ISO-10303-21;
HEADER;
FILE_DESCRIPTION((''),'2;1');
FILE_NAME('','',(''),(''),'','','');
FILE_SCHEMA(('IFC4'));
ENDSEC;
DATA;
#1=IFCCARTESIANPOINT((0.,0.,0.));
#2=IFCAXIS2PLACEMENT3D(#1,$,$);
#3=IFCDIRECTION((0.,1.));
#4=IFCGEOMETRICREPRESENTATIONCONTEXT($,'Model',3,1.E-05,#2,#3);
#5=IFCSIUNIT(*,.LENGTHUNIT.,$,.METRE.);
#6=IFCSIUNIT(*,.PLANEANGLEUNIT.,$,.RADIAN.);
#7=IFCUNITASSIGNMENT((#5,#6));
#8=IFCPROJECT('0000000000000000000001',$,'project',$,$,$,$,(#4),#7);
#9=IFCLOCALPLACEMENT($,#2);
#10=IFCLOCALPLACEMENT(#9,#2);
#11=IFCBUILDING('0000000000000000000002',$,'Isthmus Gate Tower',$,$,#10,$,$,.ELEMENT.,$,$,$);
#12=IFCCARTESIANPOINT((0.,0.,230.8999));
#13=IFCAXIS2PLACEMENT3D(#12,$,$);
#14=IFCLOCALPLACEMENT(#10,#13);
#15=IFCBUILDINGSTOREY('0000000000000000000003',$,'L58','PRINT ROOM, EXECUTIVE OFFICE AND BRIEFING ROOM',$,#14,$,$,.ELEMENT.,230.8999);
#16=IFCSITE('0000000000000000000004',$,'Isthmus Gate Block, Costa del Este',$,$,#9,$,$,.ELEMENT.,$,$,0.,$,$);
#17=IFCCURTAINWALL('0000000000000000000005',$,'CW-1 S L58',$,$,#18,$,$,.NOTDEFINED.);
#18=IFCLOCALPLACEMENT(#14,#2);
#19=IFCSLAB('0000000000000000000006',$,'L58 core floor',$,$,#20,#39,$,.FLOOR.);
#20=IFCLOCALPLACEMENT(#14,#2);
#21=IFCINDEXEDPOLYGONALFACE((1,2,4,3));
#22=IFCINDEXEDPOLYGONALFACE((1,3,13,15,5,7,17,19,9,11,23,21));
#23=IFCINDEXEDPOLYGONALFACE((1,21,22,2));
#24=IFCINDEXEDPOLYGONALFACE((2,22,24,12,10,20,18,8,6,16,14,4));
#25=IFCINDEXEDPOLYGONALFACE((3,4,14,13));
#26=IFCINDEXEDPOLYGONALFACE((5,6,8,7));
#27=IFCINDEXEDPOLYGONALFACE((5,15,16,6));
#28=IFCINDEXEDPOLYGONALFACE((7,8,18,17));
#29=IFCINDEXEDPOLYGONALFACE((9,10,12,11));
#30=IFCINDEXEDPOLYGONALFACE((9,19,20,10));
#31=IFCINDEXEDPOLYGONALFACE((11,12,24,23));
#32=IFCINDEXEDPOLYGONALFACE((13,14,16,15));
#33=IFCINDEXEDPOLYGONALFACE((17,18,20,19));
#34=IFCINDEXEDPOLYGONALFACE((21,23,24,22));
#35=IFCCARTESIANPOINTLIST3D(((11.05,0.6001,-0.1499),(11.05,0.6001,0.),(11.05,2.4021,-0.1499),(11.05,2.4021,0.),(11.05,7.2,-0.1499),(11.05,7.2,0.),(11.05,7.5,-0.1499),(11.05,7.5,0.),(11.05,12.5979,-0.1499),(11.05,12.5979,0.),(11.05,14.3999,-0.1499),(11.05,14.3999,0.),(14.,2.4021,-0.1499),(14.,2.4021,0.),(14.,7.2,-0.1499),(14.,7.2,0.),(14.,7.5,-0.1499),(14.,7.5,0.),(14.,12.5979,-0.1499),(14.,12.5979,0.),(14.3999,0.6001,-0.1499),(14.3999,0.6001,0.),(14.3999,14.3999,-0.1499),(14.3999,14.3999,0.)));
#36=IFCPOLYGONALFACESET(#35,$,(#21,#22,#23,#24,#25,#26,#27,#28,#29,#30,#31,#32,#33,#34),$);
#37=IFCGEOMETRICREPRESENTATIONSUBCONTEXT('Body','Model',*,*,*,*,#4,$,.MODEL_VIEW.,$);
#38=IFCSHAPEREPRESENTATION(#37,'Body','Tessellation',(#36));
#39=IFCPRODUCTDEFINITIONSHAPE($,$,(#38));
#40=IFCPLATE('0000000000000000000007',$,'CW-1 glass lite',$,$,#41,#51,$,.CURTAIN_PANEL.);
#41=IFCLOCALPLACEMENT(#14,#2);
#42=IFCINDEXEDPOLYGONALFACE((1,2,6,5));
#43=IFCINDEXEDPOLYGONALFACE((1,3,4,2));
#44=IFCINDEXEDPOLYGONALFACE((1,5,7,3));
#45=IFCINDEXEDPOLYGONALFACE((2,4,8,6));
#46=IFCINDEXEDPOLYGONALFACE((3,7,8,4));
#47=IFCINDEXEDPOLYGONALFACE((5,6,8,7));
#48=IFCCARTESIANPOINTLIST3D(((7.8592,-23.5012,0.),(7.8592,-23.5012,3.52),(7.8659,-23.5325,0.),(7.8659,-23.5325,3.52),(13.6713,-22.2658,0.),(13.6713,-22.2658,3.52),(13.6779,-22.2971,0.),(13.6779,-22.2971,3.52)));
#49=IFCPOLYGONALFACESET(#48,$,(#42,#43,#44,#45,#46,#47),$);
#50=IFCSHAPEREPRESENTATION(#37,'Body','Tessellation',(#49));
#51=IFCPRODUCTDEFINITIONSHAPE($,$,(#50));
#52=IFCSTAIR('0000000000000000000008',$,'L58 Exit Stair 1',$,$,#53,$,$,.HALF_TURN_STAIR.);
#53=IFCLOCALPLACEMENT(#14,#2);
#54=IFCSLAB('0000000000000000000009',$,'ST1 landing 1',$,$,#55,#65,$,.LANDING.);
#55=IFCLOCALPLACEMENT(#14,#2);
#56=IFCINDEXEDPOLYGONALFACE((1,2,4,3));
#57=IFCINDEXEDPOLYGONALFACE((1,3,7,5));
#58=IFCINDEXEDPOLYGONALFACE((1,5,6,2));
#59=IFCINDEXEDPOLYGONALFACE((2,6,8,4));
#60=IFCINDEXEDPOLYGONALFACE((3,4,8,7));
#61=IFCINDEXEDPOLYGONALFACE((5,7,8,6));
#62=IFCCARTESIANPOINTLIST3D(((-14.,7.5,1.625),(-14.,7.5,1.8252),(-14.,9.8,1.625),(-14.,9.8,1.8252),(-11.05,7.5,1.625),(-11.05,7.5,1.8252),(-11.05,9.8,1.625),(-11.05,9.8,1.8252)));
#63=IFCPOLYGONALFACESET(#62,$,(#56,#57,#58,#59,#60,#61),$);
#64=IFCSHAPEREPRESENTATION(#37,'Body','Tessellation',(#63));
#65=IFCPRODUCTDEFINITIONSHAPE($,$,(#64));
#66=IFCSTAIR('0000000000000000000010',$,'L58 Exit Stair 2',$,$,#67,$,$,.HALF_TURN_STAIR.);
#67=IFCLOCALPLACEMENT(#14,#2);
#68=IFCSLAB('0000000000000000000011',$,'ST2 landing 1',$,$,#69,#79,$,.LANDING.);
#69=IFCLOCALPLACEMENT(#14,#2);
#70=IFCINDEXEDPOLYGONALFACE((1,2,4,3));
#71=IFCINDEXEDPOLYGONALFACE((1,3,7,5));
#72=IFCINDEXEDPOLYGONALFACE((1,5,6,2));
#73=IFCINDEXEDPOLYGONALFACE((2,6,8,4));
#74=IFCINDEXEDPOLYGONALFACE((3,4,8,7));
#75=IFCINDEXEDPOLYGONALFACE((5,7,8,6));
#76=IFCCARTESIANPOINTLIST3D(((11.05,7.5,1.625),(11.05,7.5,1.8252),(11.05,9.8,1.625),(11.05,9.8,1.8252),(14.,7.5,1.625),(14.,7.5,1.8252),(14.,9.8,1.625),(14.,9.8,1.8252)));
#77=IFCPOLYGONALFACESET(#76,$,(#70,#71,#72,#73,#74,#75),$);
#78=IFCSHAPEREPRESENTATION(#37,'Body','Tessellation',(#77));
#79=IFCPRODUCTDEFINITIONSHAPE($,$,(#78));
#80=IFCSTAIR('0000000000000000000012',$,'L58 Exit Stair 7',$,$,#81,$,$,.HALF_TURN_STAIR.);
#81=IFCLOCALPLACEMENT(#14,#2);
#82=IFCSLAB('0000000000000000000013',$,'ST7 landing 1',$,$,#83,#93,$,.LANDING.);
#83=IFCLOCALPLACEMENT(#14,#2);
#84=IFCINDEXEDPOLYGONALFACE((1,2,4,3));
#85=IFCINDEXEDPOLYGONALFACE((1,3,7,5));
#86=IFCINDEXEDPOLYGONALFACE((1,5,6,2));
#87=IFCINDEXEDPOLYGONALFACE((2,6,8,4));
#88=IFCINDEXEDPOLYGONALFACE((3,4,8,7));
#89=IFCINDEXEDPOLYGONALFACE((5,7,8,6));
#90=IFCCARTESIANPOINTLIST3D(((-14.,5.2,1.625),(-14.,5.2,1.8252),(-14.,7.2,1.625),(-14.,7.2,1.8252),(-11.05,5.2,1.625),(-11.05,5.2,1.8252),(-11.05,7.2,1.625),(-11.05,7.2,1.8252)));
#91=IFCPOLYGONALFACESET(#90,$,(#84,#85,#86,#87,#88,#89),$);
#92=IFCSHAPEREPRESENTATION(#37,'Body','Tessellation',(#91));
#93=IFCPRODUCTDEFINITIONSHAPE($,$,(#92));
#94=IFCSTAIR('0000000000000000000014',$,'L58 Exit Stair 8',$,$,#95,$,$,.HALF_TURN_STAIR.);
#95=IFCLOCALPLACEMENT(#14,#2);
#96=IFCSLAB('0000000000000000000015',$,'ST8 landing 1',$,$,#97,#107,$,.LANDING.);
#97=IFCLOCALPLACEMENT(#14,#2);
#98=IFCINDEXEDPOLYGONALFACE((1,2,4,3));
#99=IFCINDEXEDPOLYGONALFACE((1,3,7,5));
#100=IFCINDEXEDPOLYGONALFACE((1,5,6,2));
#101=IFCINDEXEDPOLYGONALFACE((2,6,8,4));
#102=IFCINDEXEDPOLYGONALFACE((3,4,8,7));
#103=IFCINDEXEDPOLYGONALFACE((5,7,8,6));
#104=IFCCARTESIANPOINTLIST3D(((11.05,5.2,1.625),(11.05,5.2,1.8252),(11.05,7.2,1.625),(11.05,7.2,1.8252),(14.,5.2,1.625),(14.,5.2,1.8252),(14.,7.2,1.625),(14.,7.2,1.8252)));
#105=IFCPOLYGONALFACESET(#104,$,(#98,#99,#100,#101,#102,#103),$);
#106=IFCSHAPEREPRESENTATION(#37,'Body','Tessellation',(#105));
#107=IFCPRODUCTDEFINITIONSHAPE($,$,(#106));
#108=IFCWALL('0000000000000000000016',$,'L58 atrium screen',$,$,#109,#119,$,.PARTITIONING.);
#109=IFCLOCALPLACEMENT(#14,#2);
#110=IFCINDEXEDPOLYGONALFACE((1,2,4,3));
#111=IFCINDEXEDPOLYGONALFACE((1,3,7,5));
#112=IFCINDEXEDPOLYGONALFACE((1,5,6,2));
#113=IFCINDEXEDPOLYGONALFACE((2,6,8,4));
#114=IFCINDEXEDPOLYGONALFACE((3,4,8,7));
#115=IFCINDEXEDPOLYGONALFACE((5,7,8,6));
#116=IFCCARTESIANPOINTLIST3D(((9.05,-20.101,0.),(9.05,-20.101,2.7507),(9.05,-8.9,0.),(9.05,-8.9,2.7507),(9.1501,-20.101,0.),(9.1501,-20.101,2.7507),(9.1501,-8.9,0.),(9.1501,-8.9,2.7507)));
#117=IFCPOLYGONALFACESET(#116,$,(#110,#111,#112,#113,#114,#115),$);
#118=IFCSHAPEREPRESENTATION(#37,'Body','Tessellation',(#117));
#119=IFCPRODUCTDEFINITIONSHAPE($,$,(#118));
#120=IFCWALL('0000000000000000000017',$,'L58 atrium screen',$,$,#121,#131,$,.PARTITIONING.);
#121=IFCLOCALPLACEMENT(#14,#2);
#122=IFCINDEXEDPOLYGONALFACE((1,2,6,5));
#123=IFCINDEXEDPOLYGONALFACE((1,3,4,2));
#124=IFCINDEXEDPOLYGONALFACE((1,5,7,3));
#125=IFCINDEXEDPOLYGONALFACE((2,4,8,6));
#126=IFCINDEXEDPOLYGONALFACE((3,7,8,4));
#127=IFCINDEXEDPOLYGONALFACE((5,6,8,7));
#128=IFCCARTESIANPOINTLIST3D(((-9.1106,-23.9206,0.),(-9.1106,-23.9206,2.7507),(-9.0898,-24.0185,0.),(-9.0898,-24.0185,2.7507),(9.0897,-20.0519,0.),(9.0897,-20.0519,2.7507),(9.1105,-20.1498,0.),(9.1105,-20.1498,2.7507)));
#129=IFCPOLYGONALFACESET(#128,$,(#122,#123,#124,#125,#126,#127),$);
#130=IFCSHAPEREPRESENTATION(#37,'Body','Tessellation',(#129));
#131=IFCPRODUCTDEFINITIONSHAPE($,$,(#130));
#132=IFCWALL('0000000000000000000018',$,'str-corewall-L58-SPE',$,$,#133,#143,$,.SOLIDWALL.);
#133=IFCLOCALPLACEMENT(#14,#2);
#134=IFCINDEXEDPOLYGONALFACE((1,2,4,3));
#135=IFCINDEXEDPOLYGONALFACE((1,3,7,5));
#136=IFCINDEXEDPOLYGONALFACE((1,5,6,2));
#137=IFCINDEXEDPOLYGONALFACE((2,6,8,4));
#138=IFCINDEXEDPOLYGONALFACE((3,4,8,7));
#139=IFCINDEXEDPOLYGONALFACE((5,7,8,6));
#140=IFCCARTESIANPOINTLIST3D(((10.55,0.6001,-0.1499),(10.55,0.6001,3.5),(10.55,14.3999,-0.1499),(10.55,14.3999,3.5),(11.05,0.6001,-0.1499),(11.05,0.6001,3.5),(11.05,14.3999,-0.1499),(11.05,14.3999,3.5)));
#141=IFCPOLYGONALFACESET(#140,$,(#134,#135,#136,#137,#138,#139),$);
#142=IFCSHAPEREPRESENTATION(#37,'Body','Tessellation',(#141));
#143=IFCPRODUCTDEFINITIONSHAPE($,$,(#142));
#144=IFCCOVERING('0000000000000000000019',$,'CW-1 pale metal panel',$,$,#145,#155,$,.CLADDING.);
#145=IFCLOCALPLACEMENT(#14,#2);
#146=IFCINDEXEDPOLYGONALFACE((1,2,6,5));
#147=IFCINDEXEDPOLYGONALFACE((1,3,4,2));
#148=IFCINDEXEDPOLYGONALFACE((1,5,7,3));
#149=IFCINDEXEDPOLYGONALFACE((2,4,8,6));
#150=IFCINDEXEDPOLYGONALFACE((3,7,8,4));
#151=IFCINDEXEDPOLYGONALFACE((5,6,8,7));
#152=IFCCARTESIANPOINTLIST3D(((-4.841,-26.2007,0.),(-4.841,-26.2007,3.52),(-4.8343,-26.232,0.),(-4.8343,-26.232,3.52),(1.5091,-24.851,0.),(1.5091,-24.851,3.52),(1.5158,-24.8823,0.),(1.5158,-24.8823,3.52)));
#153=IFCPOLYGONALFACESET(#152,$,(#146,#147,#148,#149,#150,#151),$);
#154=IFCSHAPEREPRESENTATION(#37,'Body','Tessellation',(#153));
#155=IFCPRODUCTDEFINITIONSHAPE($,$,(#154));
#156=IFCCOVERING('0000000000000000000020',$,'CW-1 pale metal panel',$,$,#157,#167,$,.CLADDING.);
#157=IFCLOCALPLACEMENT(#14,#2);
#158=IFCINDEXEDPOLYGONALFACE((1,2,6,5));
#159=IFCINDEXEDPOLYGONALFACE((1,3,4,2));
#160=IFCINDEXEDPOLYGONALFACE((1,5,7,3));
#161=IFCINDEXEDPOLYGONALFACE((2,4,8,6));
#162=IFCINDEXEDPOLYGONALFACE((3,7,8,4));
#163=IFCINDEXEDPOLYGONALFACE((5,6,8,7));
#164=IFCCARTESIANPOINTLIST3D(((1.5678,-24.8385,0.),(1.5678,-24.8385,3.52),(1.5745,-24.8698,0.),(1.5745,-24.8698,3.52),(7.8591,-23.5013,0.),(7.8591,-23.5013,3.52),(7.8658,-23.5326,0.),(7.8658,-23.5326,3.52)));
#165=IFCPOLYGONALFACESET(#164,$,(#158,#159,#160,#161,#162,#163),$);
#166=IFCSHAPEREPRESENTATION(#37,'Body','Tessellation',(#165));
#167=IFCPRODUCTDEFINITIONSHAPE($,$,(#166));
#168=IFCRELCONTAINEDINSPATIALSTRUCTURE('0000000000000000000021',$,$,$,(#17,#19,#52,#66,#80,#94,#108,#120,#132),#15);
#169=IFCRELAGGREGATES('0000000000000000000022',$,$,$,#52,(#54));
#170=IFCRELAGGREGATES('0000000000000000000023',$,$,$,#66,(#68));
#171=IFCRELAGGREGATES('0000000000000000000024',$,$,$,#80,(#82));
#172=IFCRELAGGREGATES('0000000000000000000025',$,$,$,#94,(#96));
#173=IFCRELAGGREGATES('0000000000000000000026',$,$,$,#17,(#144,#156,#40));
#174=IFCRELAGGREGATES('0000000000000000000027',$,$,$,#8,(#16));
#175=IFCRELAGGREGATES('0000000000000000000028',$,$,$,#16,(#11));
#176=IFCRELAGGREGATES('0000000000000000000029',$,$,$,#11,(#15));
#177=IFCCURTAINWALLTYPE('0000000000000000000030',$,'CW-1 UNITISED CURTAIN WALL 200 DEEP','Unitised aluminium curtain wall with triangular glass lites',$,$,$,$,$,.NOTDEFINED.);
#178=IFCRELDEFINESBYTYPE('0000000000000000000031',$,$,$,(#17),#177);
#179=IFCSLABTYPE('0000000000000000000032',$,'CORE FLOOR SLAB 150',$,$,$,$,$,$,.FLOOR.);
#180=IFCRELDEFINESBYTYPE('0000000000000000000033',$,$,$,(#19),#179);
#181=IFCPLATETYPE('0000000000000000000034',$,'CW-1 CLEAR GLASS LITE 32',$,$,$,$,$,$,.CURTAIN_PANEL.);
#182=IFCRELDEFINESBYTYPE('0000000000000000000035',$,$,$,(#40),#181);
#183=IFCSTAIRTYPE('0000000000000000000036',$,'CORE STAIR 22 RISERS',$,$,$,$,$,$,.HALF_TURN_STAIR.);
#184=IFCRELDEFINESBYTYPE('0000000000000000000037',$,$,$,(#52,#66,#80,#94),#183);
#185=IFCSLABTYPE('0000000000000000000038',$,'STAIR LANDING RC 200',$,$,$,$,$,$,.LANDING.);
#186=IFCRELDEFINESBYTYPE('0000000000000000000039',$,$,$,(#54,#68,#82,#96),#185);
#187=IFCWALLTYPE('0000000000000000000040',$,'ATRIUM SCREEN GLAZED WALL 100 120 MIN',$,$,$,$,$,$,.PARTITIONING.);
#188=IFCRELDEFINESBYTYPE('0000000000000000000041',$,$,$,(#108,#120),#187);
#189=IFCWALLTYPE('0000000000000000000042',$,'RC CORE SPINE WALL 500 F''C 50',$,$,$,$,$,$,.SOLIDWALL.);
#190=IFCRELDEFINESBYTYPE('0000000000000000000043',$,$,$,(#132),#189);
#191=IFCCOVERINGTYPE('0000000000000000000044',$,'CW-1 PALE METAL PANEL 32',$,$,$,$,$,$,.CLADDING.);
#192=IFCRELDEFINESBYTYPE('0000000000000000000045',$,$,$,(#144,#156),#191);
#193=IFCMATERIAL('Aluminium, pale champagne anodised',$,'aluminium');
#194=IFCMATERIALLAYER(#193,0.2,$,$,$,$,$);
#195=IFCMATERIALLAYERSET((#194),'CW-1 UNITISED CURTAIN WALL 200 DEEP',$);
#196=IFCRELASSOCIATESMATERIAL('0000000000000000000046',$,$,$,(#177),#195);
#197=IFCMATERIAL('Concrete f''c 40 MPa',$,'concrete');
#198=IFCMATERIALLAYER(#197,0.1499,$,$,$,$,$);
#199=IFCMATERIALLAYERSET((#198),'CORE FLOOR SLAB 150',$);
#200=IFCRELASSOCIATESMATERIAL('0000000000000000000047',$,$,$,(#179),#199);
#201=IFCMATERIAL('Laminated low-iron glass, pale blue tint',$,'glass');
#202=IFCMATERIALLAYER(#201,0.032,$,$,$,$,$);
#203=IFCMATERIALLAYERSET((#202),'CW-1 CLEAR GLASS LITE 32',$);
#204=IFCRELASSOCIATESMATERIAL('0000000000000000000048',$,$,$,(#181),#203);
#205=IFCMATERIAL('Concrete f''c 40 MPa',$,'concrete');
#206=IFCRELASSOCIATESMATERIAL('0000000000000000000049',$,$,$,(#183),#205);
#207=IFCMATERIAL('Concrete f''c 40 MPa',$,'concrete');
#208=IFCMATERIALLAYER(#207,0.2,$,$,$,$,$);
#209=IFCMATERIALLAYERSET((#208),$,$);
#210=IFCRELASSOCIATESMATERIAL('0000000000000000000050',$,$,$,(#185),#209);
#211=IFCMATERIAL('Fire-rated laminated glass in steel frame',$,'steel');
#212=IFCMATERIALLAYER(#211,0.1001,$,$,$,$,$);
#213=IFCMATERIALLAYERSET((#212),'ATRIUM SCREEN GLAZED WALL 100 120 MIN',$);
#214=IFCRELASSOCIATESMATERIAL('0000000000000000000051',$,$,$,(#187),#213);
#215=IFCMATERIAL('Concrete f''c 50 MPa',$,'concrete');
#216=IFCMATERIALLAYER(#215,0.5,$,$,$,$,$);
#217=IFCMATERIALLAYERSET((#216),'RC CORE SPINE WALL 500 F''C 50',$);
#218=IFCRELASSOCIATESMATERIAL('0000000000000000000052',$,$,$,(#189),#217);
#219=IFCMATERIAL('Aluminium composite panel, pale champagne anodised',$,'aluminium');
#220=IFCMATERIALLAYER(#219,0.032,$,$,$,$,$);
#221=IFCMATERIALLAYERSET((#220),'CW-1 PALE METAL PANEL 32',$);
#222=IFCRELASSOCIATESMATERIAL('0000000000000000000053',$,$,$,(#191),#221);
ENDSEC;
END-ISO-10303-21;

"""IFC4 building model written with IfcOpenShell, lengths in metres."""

from ifc_helpers import new_model, si_unit, direction, frame, frame_2d, origin, origin_2d, place, context, subcontext, project, spatial, polyline, rectangle, outline, extrude, material, layer, layer_set, type_object, element, aggregate, save


model = new_model("IFC4")

# Units and contexts
model_context = context("Model", 3, precision=1e-05, world=origin(), true_north=direction((0.0, 1.0)))
body_context = subcontext(model_context, "Body", "Model", "MODEL_VIEW")
ifc_project = project(units=[si_unit("LENGTHUNIT", "METRE"), si_unit("PLANEANGLEUNIT", "RADIAN")], contexts=[model_context])

# Site, building, storey
site_placement = place(None, origin())
site = spatial("IfcSite", under=ifc_project, at=site_placement, Name="Isthmus Gate Block, Costa del Este", CompositionType="ELEMENT", RefElevation=0.0)
building_placement = place(site_placement, origin())
building = spatial("IfcBuilding", under=site, at=building_placement, Name="Isthmus Gate Tower", CompositionType="ELEMENT")
storey_placement = place(building_placement, frame((0.0, 0.0, 230.8999)))
storey = spatial("IfcBuildingStorey", under=building, at=storey_placement, Name="L58", Description="PRINT ROOM, EXECUTIVE OFFICE AND BRIEFING ROOM", CompositionType="ELEMENT", Elevation=230.8999)

# Curtain wall
ifc_material_1 = material(Name="Aluminium, pale champagne anodised", Category="aluminium")
ifc_layer_1 = layer(ifc_material_1, 0.2)
ifc_layer_set_1 = layer_set([ifc_layer_1], Name="CW-1 UNITISED CURTAIN WALL 200 DEEP")
curtain_wall_type = type_object("IfcCurtainWallType", Name="CW-1 UNITISED CURTAIN WALL 200 DEEP", Description="Unitised aluminium curtain wall with triangular glass lites", PredefinedType="NOTDEFINED", material=ifc_layer_set_1)
curtain_wall_placement = place(storey_placement, origin())
curtain_wall = element("IfcCurtainWall", 1, at=curtain_wall_placement, inside=storey, type_object=curtain_wall_type, Name="CW-1 S L58", PredefinedType="NOTDEFINED")

# Slab
ifc_material_2 = material(Name="Concrete f'c 40 MPa", Category="concrete")
ifc_layer_2 = layer(ifc_material_2, 0.1499)
ifc_layer_set_2 = layer_set([ifc_layer_2], Name="CORE FLOOR SLAB 150")
slab_type_1 = type_object("IfcSlabType", Name="CORE FLOOR SLAB 150", PredefinedType="FLOOR", material=ifc_layer_set_2)
slab_1_placement = place(storey_placement, frame((0.0, 0.0, -0.1499)))
element("IfcSlab", 2, at=slab_1_placement, inside=storey, type_object=slab_type_1, Name="L58 core floor", PredefinedType="FLOOR", context=body_context, shape_type="SweptSolid", body=[
    extrude(outline(polyline([(11.05, 14.3999), (11.05, 12.5979), (14.0, 12.5979), (14.0, 7.5), (11.05, 7.5), (11.05, 7.2), (14.0, 7.2), (14.0, 2.4021), (11.05, 2.4021), (11.05, 0.6001), (14.3999, 0.6001), (14.3999, 14.3999), (11.05, 14.3999)])), origin(), (0.0, 0.0, 1.0), 0.1499),
])

# Plate
ifc_material_3 = material(Name="Laminated low-iron glass, pale blue tint", Category="glass")
ifc_layer_3 = layer(ifc_material_3, 0.032)
ifc_layer_set_3 = layer_set([ifc_layer_3], Name="CW-1 CLEAR GLASS LITE 32")
plate_type = type_object("IfcPlateType", Name="CW-1 CLEAR GLASS LITE 32", PredefinedType="CURTAIN_PANEL", material=ifc_layer_set_3)
plate_placement = place(storey_placement, frame((10.7686, -22.8992, 0.0), z_axis=(0.0, 0.0, 1.0), x_axis=(0.978148, 0.207912, 0.0)))
plate = element("IfcPlate", 3, at=plate_placement, type_object=plate_type, Name="CW-1 glass lite", PredefinedType="CURTAIN_PANEL", context=body_context, shape_type="SweptSolid", body=[
    extrude(rectangle(XDim=5.9419, YDim=0.032, at=origin_2d()), origin(), (0.0, 0.0, 1.0), 3.52),
])

# Stairs, slabs
ifc_material_4 = material(Name="Concrete f'c 40 MPa", Category="concrete")
stair_type = type_object("IfcStairType", Name="CORE STAIR 22 RISERS", PredefinedType="HALF_TURN_STAIR", material=ifc_material_4)
stair_1_placement = place(storey_placement, origin())
stair_1 = element("IfcStair", 4, at=stair_1_placement, inside=storey, type_object=stair_type, Name="L58 Exit Stair 1", PredefinedType="HALF_TURN_STAIR")
ifc_material_5 = material(Name="Concrete f'c 40 MPa", Category="concrete")
ifc_layer_4 = layer(ifc_material_5, 0.2)
ifc_layer_set_4 = layer_set([ifc_layer_4])
slab_type_2 = type_object("IfcSlabType", Name="STAIR LANDING RC 200", PredefinedType="LANDING", material=ifc_layer_set_4)
slab_2_placement = place(storey_placement, frame((0.0, 0.0, 1.625)))
slab_2 = element("IfcSlab", 5, at=slab_2_placement, type_object=slab_type_2, Name="ST1 landing 1", PredefinedType="LANDING", context=body_context, shape_type="SweptSolid", body=[
    extrude(outline(polyline([(-14.0, 9.8), (-14.0, 7.5), (-11.05, 7.5), (-11.05, 9.8), (-14.0, 9.8)])), origin(), (0.0, 0.0, 1.0), 0.2002),
])
aggregate(stair_1, [slab_2])
stair_2_placement = place(storey_placement, origin())
stair_2 = element("IfcStair", 6, at=stair_2_placement, inside=storey, type_object=stair_type, Name="L58 Exit Stair 2", PredefinedType="HALF_TURN_STAIR")
slab_3_placement = place(storey_placement, frame((0.0, 0.0, 1.625)))
slab_3 = element("IfcSlab", 7, at=slab_3_placement, type_object=slab_type_2, Name="ST2 landing 1", PredefinedType="LANDING", context=body_context, shape_type="SweptSolid", body=[
    extrude(outline(polyline([(11.05, 9.8), (11.05, 7.5), (14.0, 7.5), (14.0, 9.8), (11.05, 9.8)])), origin(), (0.0, 0.0, 1.0), 0.2002),
])
aggregate(stair_2, [slab_3])
stair_3_placement = place(storey_placement, origin())
stair_3 = element("IfcStair", 8, at=stair_3_placement, inside=storey, type_object=stair_type, Name="L58 Exit Stair 7", PredefinedType="HALF_TURN_STAIR")
slab_4_placement = place(storey_placement, frame((0.0, 0.0, 1.625)))
slab_4 = element("IfcSlab", 9, at=slab_4_placement, type_object=slab_type_2, Name="ST7 landing 1", PredefinedType="LANDING", context=body_context, shape_type="SweptSolid", body=[
    extrude(outline(polyline([(-11.05, 5.2), (-11.05, 7.2), (-14.0, 7.2), (-14.0, 5.2), (-11.05, 5.2)])), origin(), (0.0, 0.0, 1.0), 0.2002),
])
aggregate(stair_3, [slab_4])
stair_4_placement = place(storey_placement, origin())
stair_4 = element("IfcStair", 10, at=stair_4_placement, inside=storey, type_object=stair_type, Name="L58 Exit Stair 8", PredefinedType="HALF_TURN_STAIR")
slab_5_placement = place(storey_placement, frame((0.0, 0.0, 1.625)))
slab_5 = element("IfcSlab", 11, at=slab_5_placement, type_object=slab_type_2, Name="ST8 landing 1", PredefinedType="LANDING", context=body_context, shape_type="SweptSolid", body=[
    extrude(outline(polyline([(14.0, 5.2), (14.0, 7.2), (11.05, 7.2), (11.05, 5.2), (14.0, 5.2)])), origin(), (0.0, 0.0, 1.0), 0.2002),
])
aggregate(stair_4, [slab_5])

# Walls
ifc_material_6 = material(Name="Fire-rated laminated glass in steel frame", Category="steel")
ifc_layer_5 = layer(ifc_material_6, 0.1001)
ifc_layer_set_5 = layer_set([ifc_layer_5], Name="ATRIUM SCREEN GLAZED WALL 100 120 MIN")
wall_type_1 = type_object("IfcWallType", Name="ATRIUM SCREEN GLAZED WALL 100 120 MIN", PredefinedType="PARTITIONING", material=ifc_layer_set_5)
wall_1_placement = place(storey_placement, frame((9.1001, -8.8999, 0.0), z_axis=(0.0, 0.0, 1.0), x_axis=(0.0, -1.0, 0.0)))
element("IfcWall", 12, at=wall_1_placement, inside=storey, type_object=wall_type_1, Name="L58 atrium screen", PredefinedType="PARTITIONING", context=body_context, shape_type="SweptSolid", body=[
    extrude(rectangle(XDim=11.2009, YDim=0.1001, at=frame_2d((5.6006, 0.0))), origin(), (0.0, 0.0, 1.0), 2.7507),
])
wall_2_placement = place(storey_placement, frame((9.1001, -20.1008, 0.0), z_axis=(0.0, 0.0, 1.0), x_axis=(-0.978147, -0.207916, 0.0)))
element("IfcWall", 13, at=wall_2_placement, inside=storey, type_object=wall_type_1, Name="L58 atrium screen", PredefinedType="PARTITIONING", context=body_context, shape_type="SweptSolid", body=[
    extrude(rectangle(XDim=18.6069, YDim=0.1001, at=frame_2d((9.3035, 0.0))), origin(), (0.0, 0.0, 1.0), 2.7507),
])
ifc_material_7 = material(Name="Concrete f'c 50 MPa", Category="concrete")
ifc_layer_6 = layer(ifc_material_7, 0.5)
ifc_layer_set_6 = layer_set([ifc_layer_6], Name="RC CORE SPINE WALL 500 F'C 50")
wall_type_2 = type_object("IfcWallType", Name="RC CORE SPINE WALL 500 F'C 50", PredefinedType="SOLIDWALL", material=ifc_layer_set_6)
wall_3_placement = place(storey_placement, frame((10.8, 0.6001, -0.1499), z_axis=(0.0, 0.0, 1.0), x_axis=(0.0, 1.0, 0.0)))
element("IfcWall", 14, at=wall_3_placement, inside=storey, type_object=wall_type_2, Name="str-corewall-L58-SPE", PredefinedType="SOLIDWALL", context=body_context, shape_type="SweptSolid", body=[
    extrude(rectangle(XDim=13.7998, YDim=0.5, at=frame_2d((6.8999, 0.0))), origin(), (0.0, 0.0, 1.0), 3.6499),
])

# Coverings
ifc_material_8 = material(Name="Aluminium composite panel, pale champagne anodised", Category="aluminium")
ifc_layer_7 = layer(ifc_material_8, 0.032)
ifc_layer_set_7 = layer_set([ifc_layer_7], Name="CW-1 PALE METAL PANEL 32")
covering_type = type_object("IfcCoveringType", Name="CW-1 PALE METAL PANEL 32", PredefinedType="CLADDING", material=ifc_layer_set_7)
covering_1_placement = place(storey_placement, frame((-1.6626, -25.5415, 0.0), z_axis=(0.0, 0.0, 1.0), x_axis=(0.978148, 0.207912, 0.0)))
covering_1 = element("IfcCovering", 15, at=covering_1_placement, type_object=covering_type, Name="CW-1 pale metal panel", PredefinedType="CLADDING", context=body_context, shape_type="SweptSolid", body=[
    extrude(rectangle(XDim=6.4919, YDim=0.032, at=origin_2d()), origin(), (0.0, 0.0, 1.0), 3.52),
])
covering_2_placement = place(storey_placement, frame((4.7168, -24.1855, 0.0), z_axis=(0.0, 0.0, 1.0), x_axis=(0.978148, 0.207912, 0.0)))
covering_2 = element("IfcCovering", 16, at=covering_2_placement, type_object=covering_type, Name="CW-1 pale metal panel", PredefinedType="CLADDING", context=body_context, shape_type="SweptSolid", body=[
    extrude(rectangle(XDim=6.4319, YDim=0.032, at=origin_2d()), origin(), (0.0, 0.0, 1.0), 3.52),
])
aggregate(curtain_wall, [covering_1, covering_2, plate])

save(model, "model.ifc")
